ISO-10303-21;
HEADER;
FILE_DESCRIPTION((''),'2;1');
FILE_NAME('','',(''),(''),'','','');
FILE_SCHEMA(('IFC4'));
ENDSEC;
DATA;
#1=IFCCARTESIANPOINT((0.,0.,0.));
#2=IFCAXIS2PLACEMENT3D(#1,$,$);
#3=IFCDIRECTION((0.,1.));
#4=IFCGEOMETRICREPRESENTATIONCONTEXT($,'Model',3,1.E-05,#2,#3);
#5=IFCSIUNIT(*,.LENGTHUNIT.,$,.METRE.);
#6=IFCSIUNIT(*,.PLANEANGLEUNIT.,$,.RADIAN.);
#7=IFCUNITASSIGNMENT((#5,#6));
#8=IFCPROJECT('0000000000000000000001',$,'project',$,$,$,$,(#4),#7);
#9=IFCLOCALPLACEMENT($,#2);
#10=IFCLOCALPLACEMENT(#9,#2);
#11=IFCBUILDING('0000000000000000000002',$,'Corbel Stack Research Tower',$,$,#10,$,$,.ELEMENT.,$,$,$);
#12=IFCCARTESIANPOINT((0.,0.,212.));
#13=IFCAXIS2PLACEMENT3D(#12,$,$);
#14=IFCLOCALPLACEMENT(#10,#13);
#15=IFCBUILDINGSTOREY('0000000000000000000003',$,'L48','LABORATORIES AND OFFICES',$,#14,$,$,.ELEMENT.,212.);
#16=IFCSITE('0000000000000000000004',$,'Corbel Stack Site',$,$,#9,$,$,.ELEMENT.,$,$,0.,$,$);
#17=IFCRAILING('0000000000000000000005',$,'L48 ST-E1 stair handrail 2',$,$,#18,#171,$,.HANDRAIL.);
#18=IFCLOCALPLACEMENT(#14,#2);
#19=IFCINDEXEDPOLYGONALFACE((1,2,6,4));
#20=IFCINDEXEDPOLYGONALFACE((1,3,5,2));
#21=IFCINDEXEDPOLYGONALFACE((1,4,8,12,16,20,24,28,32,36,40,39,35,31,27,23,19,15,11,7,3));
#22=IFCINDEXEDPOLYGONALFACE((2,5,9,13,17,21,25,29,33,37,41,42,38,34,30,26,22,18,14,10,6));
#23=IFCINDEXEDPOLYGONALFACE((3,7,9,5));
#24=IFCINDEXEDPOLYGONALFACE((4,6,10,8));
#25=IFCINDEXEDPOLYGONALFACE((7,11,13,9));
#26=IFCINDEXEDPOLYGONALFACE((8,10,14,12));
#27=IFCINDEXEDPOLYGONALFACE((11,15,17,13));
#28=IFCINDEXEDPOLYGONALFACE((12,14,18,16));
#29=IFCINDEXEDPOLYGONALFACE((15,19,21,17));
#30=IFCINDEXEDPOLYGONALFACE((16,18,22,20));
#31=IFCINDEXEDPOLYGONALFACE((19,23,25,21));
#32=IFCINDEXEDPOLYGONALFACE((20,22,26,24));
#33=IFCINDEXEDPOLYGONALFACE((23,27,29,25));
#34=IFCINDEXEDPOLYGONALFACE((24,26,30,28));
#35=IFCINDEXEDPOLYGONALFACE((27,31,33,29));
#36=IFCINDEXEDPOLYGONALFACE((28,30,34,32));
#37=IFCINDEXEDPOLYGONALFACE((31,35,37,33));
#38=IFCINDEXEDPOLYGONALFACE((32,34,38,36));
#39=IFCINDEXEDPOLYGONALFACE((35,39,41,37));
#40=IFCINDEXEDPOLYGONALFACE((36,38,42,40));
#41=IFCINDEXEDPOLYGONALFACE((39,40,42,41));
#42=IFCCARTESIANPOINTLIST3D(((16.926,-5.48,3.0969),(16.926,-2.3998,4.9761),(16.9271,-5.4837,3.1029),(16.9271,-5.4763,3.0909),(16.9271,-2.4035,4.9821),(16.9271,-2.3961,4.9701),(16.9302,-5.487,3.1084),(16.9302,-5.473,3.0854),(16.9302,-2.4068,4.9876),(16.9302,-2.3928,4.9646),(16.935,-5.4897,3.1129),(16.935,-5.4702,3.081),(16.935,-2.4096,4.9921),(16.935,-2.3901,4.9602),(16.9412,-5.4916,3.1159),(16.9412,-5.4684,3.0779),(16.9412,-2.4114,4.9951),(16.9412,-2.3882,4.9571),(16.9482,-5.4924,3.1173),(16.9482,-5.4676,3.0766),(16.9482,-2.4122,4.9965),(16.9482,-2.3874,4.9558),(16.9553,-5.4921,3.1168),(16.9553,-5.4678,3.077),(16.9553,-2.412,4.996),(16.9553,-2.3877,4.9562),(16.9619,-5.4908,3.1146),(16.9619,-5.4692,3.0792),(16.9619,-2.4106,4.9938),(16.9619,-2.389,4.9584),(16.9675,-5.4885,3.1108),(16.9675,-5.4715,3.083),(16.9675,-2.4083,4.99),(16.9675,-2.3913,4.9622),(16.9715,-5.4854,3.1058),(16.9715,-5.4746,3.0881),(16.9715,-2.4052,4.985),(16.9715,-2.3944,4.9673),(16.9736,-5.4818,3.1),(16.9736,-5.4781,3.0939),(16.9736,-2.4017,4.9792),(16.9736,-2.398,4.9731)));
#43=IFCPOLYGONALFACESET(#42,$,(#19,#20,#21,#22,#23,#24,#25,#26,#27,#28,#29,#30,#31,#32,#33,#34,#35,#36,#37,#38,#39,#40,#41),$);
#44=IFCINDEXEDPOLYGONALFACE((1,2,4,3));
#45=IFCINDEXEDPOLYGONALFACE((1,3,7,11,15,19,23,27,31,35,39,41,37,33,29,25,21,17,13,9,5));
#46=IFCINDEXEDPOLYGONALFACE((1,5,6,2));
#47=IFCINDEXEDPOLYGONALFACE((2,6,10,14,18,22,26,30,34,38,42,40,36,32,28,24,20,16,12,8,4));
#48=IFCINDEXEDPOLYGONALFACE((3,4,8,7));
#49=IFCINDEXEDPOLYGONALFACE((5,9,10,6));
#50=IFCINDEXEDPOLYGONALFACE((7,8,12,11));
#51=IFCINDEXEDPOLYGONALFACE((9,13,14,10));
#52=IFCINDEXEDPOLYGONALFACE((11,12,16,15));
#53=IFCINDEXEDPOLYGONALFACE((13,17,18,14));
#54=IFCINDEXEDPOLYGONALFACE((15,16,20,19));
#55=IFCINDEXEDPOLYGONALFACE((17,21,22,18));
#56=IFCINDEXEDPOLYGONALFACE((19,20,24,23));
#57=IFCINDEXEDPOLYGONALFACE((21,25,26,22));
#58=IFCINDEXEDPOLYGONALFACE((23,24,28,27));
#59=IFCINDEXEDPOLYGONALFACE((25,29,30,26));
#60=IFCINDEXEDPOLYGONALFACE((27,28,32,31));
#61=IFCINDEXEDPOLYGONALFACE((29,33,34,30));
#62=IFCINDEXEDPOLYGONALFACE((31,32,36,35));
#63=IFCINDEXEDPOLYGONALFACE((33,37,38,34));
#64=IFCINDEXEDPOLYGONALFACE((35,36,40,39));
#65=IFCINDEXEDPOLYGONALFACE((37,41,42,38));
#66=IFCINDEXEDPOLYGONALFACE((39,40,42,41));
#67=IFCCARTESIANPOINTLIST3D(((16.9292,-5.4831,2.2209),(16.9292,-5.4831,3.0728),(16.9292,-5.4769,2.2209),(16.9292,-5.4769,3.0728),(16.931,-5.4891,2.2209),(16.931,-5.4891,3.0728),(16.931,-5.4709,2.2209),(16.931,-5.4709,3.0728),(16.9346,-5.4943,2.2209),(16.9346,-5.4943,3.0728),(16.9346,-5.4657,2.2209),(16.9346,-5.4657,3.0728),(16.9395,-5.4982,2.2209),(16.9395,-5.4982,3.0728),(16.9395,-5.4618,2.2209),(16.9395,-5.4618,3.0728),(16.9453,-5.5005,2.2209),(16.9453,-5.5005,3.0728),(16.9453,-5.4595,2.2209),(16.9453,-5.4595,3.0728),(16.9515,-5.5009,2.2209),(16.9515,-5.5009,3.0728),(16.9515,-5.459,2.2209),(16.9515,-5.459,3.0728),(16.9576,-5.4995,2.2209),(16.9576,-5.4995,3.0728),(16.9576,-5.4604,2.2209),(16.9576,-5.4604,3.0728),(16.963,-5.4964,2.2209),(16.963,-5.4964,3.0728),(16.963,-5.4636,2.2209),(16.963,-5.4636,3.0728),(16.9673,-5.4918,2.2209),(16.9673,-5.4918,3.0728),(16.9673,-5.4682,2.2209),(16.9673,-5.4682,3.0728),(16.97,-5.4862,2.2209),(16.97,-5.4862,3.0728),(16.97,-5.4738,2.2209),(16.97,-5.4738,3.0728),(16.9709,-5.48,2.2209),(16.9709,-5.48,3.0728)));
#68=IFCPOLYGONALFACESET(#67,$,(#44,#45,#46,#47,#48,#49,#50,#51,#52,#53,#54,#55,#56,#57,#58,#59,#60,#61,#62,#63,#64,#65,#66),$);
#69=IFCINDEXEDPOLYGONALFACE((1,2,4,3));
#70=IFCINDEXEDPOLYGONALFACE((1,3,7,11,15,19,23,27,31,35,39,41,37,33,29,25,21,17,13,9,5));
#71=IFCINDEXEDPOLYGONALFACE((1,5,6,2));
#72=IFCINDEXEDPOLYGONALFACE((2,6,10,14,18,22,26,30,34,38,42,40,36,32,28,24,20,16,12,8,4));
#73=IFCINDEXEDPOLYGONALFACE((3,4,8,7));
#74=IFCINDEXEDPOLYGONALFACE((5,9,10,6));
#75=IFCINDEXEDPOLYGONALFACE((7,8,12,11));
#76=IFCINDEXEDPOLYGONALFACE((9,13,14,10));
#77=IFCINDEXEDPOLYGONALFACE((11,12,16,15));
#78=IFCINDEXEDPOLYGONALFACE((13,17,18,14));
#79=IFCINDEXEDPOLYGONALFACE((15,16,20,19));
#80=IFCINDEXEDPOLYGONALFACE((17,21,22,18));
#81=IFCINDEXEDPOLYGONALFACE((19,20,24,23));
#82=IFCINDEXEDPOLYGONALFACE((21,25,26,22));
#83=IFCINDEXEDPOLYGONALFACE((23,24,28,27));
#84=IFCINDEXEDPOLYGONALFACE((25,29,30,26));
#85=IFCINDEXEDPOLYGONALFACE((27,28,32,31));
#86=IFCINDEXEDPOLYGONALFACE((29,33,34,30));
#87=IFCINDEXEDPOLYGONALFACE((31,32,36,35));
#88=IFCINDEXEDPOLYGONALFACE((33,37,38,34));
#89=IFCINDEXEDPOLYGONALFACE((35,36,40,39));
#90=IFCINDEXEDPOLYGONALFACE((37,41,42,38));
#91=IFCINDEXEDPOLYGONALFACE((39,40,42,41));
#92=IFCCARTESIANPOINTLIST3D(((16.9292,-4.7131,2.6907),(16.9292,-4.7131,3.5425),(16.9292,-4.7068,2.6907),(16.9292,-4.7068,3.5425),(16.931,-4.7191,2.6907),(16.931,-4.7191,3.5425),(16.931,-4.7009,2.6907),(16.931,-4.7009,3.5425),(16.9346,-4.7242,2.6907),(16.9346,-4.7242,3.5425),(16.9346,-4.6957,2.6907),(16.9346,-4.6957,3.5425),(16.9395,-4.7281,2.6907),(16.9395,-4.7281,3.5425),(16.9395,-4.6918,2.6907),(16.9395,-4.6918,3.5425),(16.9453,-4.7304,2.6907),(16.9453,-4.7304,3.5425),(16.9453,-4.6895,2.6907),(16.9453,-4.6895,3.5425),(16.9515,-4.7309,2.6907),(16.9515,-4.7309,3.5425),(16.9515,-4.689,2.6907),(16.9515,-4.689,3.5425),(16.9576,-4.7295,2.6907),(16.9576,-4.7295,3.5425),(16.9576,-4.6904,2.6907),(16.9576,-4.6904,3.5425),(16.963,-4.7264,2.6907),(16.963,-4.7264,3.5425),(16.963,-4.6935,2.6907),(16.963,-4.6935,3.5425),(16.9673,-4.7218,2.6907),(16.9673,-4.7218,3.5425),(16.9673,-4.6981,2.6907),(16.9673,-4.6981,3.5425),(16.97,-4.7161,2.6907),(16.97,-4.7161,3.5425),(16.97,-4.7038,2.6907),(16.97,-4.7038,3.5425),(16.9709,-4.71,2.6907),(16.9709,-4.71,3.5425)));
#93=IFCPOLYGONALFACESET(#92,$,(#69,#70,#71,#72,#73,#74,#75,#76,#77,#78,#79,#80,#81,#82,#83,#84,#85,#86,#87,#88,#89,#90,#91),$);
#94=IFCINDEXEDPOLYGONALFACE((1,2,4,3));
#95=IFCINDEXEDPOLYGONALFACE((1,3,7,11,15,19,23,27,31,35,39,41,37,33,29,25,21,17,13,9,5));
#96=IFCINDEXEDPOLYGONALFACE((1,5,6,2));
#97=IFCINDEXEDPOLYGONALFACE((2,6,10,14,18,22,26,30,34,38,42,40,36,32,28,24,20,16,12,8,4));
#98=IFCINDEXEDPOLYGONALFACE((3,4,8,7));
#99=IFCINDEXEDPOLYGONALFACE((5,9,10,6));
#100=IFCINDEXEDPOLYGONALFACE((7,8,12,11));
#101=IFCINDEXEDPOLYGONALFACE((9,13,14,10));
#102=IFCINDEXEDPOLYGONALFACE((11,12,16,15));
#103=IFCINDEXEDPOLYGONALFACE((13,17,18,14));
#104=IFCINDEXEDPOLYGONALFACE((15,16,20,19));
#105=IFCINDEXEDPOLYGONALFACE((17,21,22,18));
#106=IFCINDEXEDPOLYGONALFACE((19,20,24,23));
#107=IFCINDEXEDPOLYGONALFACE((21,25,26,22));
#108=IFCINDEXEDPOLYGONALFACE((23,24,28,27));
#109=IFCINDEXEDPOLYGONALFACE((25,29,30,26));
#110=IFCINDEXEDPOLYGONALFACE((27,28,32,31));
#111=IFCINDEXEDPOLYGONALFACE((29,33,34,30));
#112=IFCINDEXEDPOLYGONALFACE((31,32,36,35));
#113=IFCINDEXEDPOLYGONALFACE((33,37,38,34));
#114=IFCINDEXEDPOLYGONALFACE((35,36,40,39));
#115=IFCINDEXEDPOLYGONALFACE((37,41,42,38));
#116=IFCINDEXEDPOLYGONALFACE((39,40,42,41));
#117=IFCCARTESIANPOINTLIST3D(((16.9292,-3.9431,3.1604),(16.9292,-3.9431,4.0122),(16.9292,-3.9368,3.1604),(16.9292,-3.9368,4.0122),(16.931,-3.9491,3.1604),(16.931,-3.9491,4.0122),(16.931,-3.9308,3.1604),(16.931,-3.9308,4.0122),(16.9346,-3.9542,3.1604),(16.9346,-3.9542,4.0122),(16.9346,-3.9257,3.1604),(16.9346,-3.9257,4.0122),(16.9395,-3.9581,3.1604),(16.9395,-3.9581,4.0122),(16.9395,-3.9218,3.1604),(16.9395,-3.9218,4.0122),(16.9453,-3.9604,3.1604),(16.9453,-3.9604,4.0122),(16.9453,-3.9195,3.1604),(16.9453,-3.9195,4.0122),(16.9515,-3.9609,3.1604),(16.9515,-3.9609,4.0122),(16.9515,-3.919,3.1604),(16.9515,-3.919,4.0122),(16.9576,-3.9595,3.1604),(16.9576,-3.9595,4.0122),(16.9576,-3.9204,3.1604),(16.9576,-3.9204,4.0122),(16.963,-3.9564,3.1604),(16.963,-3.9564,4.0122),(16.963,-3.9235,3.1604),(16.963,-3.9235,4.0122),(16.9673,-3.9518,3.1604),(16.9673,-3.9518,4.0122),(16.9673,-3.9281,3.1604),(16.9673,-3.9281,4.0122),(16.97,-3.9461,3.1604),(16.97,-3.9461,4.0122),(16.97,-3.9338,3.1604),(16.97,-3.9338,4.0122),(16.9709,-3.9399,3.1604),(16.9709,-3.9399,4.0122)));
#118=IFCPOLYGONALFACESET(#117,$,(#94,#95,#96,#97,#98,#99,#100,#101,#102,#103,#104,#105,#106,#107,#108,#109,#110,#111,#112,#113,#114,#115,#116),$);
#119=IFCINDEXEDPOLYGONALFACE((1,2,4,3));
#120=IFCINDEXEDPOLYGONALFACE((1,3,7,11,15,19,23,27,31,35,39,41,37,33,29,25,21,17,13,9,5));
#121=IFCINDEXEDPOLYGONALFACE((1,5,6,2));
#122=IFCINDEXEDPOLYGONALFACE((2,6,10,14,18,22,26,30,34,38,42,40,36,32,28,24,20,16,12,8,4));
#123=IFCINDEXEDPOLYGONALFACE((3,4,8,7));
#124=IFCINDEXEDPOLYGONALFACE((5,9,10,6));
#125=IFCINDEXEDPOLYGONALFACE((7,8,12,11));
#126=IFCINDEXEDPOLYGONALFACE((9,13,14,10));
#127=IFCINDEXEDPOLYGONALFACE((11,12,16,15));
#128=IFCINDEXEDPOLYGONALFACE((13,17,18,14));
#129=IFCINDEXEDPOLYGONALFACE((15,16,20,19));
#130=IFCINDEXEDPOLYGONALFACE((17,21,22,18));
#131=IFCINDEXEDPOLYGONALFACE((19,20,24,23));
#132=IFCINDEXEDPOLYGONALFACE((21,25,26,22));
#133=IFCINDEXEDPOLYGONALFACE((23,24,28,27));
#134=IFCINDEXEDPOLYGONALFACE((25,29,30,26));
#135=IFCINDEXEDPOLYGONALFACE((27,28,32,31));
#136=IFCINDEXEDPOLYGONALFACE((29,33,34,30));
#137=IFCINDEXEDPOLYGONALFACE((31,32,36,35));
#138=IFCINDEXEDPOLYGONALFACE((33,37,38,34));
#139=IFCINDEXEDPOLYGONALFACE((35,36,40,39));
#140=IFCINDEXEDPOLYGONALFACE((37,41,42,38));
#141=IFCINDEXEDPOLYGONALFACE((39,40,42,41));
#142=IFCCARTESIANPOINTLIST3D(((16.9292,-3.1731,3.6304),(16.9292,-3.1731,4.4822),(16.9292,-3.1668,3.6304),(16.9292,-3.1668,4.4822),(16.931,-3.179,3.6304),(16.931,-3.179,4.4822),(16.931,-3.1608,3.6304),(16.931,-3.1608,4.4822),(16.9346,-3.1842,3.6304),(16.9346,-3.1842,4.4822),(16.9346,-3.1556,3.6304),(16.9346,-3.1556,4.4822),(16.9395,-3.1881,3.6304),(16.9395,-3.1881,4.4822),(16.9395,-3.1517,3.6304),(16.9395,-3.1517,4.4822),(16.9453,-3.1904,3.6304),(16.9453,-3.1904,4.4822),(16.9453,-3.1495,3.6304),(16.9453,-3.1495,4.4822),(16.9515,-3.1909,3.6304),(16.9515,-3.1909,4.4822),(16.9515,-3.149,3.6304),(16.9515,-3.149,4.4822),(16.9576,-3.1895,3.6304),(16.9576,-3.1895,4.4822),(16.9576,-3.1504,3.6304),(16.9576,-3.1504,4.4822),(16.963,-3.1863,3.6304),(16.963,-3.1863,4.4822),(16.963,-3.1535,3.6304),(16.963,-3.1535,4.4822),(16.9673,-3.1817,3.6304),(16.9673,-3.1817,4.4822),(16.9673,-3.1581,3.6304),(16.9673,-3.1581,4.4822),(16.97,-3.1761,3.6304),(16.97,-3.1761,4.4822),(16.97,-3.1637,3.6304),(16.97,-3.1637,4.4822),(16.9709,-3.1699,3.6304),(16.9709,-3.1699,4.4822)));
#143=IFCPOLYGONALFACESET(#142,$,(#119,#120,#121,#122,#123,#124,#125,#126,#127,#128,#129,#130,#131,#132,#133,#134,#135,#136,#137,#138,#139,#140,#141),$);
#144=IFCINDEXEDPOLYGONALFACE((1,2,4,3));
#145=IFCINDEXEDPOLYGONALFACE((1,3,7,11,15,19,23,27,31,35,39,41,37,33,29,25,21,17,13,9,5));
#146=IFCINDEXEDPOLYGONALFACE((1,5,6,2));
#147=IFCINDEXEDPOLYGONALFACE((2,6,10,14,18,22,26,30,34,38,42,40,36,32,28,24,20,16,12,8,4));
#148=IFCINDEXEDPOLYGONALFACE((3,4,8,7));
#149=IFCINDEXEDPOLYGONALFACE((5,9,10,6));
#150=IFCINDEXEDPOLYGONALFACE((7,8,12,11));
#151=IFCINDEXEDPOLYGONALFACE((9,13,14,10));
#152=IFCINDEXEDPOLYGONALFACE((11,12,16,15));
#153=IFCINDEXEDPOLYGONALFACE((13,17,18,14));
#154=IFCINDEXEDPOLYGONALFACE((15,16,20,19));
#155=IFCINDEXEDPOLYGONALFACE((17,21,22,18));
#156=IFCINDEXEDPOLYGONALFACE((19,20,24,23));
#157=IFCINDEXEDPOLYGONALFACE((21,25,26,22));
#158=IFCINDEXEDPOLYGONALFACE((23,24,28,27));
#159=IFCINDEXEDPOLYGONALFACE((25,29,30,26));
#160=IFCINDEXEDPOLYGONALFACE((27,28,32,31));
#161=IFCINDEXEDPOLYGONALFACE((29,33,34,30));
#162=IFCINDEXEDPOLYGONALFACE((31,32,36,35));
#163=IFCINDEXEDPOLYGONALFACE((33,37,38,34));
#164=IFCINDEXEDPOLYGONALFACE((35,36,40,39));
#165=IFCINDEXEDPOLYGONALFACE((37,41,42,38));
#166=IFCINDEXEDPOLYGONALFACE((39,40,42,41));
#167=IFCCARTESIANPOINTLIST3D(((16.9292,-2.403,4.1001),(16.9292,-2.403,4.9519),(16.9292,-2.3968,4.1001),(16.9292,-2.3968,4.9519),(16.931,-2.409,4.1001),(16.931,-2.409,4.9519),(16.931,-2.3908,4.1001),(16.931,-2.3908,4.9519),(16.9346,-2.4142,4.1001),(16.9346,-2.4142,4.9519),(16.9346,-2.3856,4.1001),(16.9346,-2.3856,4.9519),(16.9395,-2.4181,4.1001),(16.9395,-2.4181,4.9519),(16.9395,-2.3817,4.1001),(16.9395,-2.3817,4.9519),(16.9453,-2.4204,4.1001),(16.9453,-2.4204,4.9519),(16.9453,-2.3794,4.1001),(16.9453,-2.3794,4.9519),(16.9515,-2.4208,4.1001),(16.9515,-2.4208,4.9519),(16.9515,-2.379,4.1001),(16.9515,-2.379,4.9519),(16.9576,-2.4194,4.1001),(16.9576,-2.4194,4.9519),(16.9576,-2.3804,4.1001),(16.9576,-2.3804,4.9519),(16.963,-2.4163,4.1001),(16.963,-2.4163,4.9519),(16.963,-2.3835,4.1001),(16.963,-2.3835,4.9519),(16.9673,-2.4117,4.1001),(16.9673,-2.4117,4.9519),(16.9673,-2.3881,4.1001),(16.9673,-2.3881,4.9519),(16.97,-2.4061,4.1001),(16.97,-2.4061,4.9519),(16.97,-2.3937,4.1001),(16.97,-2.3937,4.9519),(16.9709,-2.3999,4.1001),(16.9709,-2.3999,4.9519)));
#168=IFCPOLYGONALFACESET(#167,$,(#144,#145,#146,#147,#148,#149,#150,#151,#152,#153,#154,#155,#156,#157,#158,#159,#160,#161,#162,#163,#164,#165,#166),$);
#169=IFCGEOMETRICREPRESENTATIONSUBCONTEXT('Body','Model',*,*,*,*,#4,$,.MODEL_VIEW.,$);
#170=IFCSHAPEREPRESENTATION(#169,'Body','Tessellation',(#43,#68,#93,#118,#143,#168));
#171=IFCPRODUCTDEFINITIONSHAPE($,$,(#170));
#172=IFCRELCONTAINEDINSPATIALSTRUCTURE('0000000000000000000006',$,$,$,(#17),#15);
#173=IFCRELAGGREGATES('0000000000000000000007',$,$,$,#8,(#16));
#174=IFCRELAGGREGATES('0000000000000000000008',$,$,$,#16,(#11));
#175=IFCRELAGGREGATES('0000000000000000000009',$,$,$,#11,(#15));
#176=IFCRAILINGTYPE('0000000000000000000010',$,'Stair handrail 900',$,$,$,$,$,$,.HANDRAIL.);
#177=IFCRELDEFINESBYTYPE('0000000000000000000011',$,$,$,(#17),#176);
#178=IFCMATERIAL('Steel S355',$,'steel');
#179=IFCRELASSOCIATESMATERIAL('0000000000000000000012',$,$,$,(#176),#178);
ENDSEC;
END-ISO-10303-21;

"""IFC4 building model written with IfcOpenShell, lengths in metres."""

from ifc_helpers import new_model, si_unit, direction, frame, origin, origin_2d, place, context, subcontext, project, spatial, circle, extrude, material, type_object, element, save


model = new_model("IFC4")

# Units and contexts
model_context = context("Model", 3, precision=1e-05, world=origin(), true_north=direction((0.0, 1.0)))
body_context = subcontext(model_context, "Body", "Model", "MODEL_VIEW")
ifc_project = project(units=[si_unit("LENGTHUNIT", "METRE"), si_unit("PLANEANGLEUNIT", "RADIAN")], contexts=[model_context])

# Site, building, storey
site_placement = place(None, origin())
site = spatial("IfcSite", under=ifc_project, at=site_placement, Name="Corbel Stack Site", CompositionType="ELEMENT", RefElevation=0.0)
building_placement = place(site_placement, origin())
building = spatial("IfcBuilding", under=site, at=building_placement, Name="Corbel Stack Research Tower", CompositionType="ELEMENT")
storey_placement = place(building_placement, frame((0.0, 0.0, 212.0)))
storey = spatial("IfcBuildingStorey", under=building, at=storey_placement, Name="L48", Description="LABORATORIES AND OFFICES", CompositionType="ELEMENT", Elevation=212.0)

# Railing
ifc_material_1 = material(Name="Steel S355", Category="steel")
railing_type_1 = type_object("IfcRailingType", Name="Stair handrail 900", PredefinedType="HANDRAIL", material=ifc_material_1)
railing_1_placement = place(storey_placement, frame((16.95, -5.48, 2.2209)))
element("IfcRailing", 1, at=railing_1_placement, inside=storey, type_object=railing_type_1, Name="L48 ST-E1 stair handrail 2", PredefinedType="HANDRAIL", context=body_context, shape_type="SweptSolid", body=[
    extrude(circle(Radius=0.0239, at=origin_2d()), frame((0.0, 0.0, 0.876), z_axis=(0.0, 0.853666, 0.52082), x_axis=(-1.0, 0.0, 0.0)), (0.0, 0.0, 1.0), 3.6082),
    extrude(circle(Radius=0.021, at=origin_2d()), origin(), (0.0, 0.0, 1.0), 0.8518),
    extrude(circle(Radius=0.021, at=origin_2d()), frame((0.0, 0.77, 0.4697)), (0.0, 0.0, 1.0), 0.8518),
    extrude(circle(Radius=0.021, at=origin_2d()), frame((0.0, 1.54, 0.9395)), (0.0, 0.0, 1.0), 0.8518),
    extrude(circle(Radius=0.021, at=origin_2d()), frame((0.0, 2.3101, 1.4094)), (0.0, 0.0, 1.0), 0.8518),
    extrude(circle(Radius=0.021, at=origin_2d()), frame((0.0, 3.0801, 1.8792)), (0.0, 0.0, 1.0), 0.8518),
])

save(model, "model.ifc")
